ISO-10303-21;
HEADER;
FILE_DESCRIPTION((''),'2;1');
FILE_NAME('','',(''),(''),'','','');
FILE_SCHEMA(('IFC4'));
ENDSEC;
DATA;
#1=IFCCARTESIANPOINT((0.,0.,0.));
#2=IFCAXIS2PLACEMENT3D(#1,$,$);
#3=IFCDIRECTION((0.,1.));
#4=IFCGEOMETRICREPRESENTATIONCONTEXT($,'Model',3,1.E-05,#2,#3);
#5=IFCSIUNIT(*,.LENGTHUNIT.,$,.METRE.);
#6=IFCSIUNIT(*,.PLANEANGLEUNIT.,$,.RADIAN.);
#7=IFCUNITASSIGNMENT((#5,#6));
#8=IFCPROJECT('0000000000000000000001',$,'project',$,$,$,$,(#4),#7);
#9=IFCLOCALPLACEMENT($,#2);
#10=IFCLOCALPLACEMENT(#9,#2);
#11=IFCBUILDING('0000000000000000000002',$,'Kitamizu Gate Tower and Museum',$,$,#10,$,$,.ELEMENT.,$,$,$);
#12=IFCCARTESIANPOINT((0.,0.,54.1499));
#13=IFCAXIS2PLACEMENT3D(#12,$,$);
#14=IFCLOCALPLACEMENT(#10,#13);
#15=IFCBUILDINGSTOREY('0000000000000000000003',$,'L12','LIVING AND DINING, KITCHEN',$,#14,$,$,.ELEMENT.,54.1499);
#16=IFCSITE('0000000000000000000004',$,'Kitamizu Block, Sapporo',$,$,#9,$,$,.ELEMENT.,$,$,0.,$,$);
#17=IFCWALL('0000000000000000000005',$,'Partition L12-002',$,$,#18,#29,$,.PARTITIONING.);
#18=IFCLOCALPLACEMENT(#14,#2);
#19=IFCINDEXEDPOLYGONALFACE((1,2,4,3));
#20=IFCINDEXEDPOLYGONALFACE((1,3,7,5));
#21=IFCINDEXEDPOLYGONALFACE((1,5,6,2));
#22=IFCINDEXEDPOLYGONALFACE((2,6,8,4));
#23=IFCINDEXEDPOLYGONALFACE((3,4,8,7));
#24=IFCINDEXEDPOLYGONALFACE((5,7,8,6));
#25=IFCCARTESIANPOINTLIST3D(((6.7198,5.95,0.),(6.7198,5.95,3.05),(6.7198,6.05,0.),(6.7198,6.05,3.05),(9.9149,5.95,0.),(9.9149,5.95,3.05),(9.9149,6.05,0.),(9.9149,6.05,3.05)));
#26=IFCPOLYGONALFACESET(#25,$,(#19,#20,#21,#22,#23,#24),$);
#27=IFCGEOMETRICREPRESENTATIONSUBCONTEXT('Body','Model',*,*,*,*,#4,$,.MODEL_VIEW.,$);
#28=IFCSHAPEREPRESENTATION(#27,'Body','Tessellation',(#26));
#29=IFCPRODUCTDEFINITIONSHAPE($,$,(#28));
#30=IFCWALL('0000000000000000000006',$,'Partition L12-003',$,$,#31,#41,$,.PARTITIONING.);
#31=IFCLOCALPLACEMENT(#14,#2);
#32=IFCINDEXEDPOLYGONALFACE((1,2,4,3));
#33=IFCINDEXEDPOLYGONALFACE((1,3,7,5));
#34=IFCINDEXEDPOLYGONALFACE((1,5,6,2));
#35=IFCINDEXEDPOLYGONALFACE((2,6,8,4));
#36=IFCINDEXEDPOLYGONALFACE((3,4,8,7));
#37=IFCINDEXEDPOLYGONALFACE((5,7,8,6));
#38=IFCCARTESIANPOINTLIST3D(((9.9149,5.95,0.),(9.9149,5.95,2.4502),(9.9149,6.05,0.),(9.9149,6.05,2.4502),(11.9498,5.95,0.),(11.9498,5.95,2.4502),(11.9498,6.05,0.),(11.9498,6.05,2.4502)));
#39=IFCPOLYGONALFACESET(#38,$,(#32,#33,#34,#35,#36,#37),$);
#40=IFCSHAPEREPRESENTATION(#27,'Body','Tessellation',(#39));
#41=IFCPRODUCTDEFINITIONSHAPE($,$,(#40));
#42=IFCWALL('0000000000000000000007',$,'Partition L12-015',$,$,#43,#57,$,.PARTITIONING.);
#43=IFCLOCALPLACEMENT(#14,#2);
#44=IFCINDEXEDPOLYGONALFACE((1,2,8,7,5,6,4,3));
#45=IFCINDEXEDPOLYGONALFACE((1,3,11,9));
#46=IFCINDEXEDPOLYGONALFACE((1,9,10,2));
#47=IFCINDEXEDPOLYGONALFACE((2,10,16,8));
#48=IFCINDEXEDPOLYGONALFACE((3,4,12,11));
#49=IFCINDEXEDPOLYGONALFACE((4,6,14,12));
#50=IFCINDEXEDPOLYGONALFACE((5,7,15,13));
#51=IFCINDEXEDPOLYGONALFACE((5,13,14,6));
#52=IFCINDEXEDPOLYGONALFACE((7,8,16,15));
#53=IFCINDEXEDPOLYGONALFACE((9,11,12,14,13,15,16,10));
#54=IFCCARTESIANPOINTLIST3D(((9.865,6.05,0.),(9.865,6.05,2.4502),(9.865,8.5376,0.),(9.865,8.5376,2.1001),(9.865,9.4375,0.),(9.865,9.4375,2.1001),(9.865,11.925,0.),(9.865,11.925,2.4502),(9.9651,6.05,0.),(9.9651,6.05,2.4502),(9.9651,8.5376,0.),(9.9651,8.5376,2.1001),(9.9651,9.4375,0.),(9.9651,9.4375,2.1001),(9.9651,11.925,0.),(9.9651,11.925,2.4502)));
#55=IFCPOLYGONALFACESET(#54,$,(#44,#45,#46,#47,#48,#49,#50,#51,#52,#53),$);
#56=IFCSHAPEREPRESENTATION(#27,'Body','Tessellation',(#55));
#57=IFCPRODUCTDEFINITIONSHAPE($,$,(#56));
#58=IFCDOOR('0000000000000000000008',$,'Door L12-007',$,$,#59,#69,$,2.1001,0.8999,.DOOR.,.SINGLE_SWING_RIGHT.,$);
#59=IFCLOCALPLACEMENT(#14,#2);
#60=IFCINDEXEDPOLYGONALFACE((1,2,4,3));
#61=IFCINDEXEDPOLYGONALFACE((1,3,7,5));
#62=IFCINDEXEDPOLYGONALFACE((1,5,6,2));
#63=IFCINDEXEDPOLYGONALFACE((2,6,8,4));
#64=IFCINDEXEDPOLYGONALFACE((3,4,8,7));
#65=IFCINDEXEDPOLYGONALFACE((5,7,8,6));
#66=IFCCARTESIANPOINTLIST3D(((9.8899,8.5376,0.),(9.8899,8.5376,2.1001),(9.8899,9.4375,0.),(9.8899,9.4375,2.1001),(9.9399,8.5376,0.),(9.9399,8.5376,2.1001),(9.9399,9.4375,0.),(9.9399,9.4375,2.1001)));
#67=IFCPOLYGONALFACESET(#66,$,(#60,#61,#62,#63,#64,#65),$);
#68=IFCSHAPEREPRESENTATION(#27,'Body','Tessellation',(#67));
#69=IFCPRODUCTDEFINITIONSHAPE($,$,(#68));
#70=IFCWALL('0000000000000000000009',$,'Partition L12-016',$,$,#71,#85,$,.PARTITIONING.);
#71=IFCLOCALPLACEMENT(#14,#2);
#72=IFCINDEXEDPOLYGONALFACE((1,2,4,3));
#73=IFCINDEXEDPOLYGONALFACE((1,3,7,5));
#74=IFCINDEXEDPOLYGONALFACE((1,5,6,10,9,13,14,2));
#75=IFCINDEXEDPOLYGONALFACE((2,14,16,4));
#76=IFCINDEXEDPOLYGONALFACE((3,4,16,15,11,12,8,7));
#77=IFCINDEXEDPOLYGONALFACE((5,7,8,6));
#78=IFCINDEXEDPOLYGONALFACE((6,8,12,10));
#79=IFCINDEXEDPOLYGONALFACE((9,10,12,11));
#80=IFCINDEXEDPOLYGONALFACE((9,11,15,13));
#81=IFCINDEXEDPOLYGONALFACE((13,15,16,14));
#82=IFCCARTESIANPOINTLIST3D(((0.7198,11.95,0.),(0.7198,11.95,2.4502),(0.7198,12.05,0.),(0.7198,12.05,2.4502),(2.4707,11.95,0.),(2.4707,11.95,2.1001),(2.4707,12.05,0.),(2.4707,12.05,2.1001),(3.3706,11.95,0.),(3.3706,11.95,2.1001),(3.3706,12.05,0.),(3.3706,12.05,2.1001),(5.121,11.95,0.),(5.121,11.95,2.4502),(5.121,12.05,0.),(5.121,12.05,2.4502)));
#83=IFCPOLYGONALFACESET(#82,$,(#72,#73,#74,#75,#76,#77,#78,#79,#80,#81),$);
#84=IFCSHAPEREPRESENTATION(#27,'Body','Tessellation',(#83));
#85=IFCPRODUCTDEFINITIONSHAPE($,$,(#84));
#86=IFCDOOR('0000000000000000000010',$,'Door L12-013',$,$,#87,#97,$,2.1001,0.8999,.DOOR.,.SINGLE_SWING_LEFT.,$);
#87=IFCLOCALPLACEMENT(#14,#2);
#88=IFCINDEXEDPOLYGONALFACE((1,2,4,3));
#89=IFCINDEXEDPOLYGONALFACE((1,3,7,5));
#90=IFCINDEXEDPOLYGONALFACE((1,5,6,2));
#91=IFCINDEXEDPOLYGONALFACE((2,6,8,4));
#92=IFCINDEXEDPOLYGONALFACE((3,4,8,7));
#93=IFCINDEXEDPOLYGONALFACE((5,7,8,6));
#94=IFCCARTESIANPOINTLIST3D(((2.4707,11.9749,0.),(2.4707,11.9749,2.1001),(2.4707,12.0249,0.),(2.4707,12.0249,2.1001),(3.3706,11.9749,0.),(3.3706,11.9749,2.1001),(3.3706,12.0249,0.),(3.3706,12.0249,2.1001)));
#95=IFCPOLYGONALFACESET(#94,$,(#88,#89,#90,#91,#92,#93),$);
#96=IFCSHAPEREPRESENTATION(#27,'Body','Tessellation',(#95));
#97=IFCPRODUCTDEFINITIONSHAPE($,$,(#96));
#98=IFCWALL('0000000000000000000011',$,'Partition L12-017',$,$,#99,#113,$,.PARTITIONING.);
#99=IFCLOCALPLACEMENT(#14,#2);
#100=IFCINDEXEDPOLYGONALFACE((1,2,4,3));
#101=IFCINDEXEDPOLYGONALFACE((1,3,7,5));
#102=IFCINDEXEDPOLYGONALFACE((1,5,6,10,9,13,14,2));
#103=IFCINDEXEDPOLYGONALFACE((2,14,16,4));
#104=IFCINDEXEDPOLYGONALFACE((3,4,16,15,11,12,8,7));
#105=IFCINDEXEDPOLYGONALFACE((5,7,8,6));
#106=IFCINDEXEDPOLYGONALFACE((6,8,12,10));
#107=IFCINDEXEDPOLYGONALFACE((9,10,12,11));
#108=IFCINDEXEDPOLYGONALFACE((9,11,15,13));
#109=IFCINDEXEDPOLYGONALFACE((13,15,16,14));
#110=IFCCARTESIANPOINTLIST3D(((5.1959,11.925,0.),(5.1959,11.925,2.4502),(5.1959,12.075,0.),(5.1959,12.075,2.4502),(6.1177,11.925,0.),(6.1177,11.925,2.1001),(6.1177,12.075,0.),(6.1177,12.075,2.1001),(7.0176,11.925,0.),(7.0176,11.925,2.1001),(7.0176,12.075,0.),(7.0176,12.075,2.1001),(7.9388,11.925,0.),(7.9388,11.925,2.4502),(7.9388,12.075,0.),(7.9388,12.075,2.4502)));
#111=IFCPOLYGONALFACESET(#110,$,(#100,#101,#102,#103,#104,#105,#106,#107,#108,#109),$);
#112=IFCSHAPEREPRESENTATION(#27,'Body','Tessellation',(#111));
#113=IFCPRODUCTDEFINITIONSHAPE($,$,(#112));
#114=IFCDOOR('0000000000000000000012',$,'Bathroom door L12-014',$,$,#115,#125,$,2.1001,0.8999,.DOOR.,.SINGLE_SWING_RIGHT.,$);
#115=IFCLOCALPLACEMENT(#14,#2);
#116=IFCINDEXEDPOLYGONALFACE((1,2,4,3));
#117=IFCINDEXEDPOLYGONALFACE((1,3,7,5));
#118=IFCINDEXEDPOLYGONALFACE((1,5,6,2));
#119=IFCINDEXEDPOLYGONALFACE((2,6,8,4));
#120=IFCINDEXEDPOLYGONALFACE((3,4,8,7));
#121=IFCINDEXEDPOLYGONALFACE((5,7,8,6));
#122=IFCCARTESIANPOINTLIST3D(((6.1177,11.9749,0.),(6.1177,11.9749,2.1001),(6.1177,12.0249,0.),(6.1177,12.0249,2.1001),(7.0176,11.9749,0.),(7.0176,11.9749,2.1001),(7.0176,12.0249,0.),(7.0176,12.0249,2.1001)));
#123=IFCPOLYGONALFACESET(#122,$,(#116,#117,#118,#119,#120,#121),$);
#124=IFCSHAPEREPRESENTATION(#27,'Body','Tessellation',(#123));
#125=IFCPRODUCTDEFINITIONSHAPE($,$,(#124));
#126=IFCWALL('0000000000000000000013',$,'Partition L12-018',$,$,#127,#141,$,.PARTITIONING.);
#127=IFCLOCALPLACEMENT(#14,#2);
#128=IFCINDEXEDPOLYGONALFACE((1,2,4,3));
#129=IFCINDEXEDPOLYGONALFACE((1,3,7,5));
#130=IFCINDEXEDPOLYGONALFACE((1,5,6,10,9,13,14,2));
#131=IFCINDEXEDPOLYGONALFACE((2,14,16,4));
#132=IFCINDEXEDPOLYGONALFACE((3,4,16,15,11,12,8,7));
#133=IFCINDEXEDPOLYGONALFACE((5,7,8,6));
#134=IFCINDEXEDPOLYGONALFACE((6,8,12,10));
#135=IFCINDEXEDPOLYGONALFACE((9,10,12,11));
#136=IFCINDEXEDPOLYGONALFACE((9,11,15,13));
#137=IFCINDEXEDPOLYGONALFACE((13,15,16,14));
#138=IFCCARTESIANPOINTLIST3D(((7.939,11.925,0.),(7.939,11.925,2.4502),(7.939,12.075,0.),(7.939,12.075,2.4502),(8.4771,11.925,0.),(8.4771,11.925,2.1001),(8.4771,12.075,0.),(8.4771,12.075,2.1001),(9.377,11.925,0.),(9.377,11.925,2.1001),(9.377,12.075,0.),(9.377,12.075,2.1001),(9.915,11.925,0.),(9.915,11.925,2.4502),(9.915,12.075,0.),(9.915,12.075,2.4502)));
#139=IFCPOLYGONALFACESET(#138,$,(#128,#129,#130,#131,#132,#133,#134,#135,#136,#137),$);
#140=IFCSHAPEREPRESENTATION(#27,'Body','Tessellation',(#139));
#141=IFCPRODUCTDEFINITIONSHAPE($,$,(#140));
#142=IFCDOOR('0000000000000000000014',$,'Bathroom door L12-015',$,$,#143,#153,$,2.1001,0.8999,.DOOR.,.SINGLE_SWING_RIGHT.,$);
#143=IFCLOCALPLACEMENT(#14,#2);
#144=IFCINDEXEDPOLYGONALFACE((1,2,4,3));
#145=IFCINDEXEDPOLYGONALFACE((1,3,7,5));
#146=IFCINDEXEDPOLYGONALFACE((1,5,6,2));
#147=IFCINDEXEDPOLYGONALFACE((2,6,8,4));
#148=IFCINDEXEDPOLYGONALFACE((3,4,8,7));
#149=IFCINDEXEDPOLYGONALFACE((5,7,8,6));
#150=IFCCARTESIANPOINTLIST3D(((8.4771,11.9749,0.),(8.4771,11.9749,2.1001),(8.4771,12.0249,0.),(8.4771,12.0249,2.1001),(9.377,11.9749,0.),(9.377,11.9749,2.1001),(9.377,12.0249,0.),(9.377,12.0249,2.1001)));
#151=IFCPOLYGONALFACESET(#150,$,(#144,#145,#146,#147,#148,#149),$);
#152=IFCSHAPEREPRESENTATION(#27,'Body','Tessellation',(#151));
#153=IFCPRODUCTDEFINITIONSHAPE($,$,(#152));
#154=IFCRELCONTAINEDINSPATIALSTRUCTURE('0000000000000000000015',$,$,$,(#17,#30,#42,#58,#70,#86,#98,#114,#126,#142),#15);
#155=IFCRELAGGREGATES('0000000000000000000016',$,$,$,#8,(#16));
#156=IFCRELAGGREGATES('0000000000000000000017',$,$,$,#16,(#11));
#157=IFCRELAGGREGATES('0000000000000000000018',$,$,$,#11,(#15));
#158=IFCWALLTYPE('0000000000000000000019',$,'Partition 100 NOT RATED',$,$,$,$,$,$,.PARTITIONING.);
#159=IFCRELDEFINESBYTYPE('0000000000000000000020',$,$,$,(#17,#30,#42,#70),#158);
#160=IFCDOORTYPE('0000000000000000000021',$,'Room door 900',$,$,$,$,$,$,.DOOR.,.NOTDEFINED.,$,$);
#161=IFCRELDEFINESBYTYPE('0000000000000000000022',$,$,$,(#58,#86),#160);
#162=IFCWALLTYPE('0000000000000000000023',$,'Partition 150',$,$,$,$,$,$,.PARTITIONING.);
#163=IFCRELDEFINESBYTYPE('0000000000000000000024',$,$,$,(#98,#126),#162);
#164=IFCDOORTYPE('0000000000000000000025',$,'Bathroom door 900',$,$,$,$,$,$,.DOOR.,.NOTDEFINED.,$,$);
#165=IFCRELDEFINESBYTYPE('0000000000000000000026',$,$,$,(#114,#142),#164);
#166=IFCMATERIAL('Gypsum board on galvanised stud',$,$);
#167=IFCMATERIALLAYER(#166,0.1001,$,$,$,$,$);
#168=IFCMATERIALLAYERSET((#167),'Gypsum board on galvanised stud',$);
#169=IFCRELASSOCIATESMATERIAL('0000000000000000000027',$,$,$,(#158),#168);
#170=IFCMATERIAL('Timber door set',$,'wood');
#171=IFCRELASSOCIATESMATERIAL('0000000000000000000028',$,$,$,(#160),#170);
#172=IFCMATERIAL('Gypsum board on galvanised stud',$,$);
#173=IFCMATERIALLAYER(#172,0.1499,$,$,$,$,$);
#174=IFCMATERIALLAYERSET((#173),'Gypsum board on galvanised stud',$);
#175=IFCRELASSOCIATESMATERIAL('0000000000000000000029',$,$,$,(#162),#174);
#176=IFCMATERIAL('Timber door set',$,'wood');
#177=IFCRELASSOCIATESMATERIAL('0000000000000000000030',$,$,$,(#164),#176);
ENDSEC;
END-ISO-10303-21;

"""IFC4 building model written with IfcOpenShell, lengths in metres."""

from ifc_helpers import new_model, si_unit, direction, frame, frame_2d, origin, place, context, subcontext, project, spatial, rectangle, extrude, material, layer, layer_set, type_object, element, fill, save


model = new_model("IFC4")

# Units and contexts
model_context = context("Model", 3, precision=1e-05, world=origin(), true_north=direction((0.0, 1.0)))
body_context = subcontext(model_context, "Body", "Model", "MODEL_VIEW")
ifc_project = project(units=[si_unit("LENGTHUNIT", "METRE"), si_unit("PLANEANGLEUNIT", "RADIAN")], contexts=[model_context])

# Site, building, storey
site_placement = place(None, origin())
site = spatial("IfcSite", under=ifc_project, at=site_placement, Name="Kitamizu Block, Sapporo", CompositionType="ELEMENT", RefElevation=0.0)
building_placement = place(site_placement, origin())
building = spatial("IfcBuilding", under=site, at=building_placement, Name="Kitamizu Gate Tower and Museum", CompositionType="ELEMENT")
storey_placement = place(building_placement, frame((0.0, 0.0, 54.1499)))
storey = spatial("IfcBuildingStorey", under=building, at=storey_placement, Name="L12", Description="LIVING AND DINING, KITCHEN", CompositionType="ELEMENT", Elevation=54.1499)

# Walls
ifc_material_1 = material(Name="Gypsum board on galvanised stud")
ifc_layer_1 = layer(ifc_material_1, 0.1001)
ifc_layer_set_1 = layer_set([ifc_layer_1], Name="Gypsum board on galvanised stud")
wall_type_1 = type_object("IfcWallType", Name="Partition 100 NOT RATED", PredefinedType="PARTITIONING", material=ifc_layer_set_1)
wall_1_placement = place(storey_placement, frame((9.915, 6.0, 0.0), z_axis=(0.0, 0.0, 1.0), x_axis=(-1.0, 0.0, 0.0)))
element("IfcWall", 1, at=wall_1_placement, inside=storey, type_object=wall_type_1, Name="Partition L12-002", PredefinedType="PARTITIONING", context=body_context, shape_type="SweptSolid", body=[
    extrude(rectangle(XDim=3.1951, YDim=0.1001, at=frame_2d((1.5977, 0.0))), origin(), (0.0, 0.0, 1.0), 3.05),
])
wall_2_placement = place(storey_placement, frame((11.95, 6.0, 0.0), z_axis=(0.0, 0.0, 1.0), x_axis=(-1.0, 0.0, 0.0)))
element("IfcWall", 2, at=wall_2_placement, inside=storey, type_object=wall_type_1, Name="Partition L12-003", PredefinedType="PARTITIONING", context=body_context, shape_type="SweptSolid", body=[
    extrude(rectangle(XDim=2.0349, YDim=0.1001, at=frame_2d((1.0176, 0.0))), origin(), (0.0, 0.0, 1.0), 2.4502),
])

# Walls, openings, doors
wall_3_placement = place(storey_placement, frame((9.915, 6.05, 0.0), z_axis=(0.0, 0.0, 1.0), x_axis=(0.0, 1.0, 0.0)))
wall_3 = element("IfcWall", 3, at=wall_3_placement, inside=storey, type_object=wall_type_1, Name="Partition L12-015", PredefinedType="PARTITIONING", context=body_context, shape_type="SweptSolid", body=[
    extrude(rectangle(XDim=5.875, YDim=0.1001, at=frame_2d((2.9375, 0.0))), origin(), (0.0, 0.0, 1.0), 2.4502),
])
opening_1_placement = place(wall_3_placement, frame((2.4875, 0.0, 0.0)))
opening_1 = element("IfcOpeningElement", 4, at=opening_1_placement, cuts=wall_3, PredefinedType="OPENING", context=body_context, shape_type="SweptSolid", body=[
    extrude(rectangle(XDim=0.8999, YDim=2.1001, at=frame_2d((0.45, 1.05))), frame((0.0, 0.0601, 0.0), z_axis=(0.0, -1.0, 0.0), x_axis=(1.0, 0.0, 0.0)), (0.0, 0.0, 1.0), 0.1201),
])
ifc_material_2 = material(Name="Timber door set", Category="wood")
door_type_1 = type_object("IfcDoorType", Name="Room door 900", OperationType="NOTDEFINED", PredefinedType="DOOR", material=ifc_material_2)
door_1_placement = place(opening_1_placement, frame((0.8999, 0.0, 0.0), x_axis=(-1.0, 0.0, 0.0)))
door_1 = element("IfcDoor", 5, at=door_1_placement, inside=storey, type_object=door_type_1, Name="Door L12-007", OperationType="SINGLE_SWING_RIGHT", OverallHeight=2.1001, OverallWidth=0.8999, PredefinedType="DOOR", context=body_context, shape_type="SweptSolid", body=[
    extrude(rectangle(XDim=0.8999, YDim=2.1001, at=frame_2d((0.45, 1.05))), frame((0.0, 0.0249, 0.0), z_axis=(0.0, -1.0, 0.0), x_axis=(1.0, 0.0, 0.0)), (0.0, 0.0, 1.0), 0.05),
])
fill(opening_1, door_1)
wall_4_placement = place(storey_placement, frame((5.1211, 12.0, 0.0), z_axis=(0.0, 0.0, 1.0), x_axis=(-1.0, 0.0, 0.0)))
wall_4 = element("IfcWall", 6, at=wall_4_placement, inside=storey, type_object=wall_type_1, Name="Partition L12-016", PredefinedType="PARTITIONING", context=body_context, shape_type="SweptSolid", body=[
    extrude(rectangle(XDim=4.4011, YDim=0.1001, at=frame_2d((2.2007, 0.0))), origin(), (0.0, 0.0, 1.0), 2.4502),
])
opening_2_placement = place(wall_4_placement, frame((1.7505, 0.0, 0.0)))
opening_2 = element("IfcOpeningElement", 7, at=opening_2_placement, cuts=wall_4, PredefinedType="OPENING", context=body_context, shape_type="SweptSolid", body=[
    extrude(rectangle(XDim=0.8999, YDim=2.1001, at=frame_2d((0.45, 1.05))), frame((0.0, 0.0601, 0.0), z_axis=(0.0, -1.0, 0.0), x_axis=(1.0, 0.0, 0.0)), (0.0, 0.0, 1.0), 0.1201),
])
door_2_placement = place(opening_2_placement, frame((0.8999, 0.0, 0.0), x_axis=(-1.0, 0.0, 0.0)))
door_2 = element("IfcDoor", 8, at=door_2_placement, inside=storey, type_object=door_type_1, Name="Door L12-013", OperationType="SINGLE_SWING_LEFT", OverallHeight=2.1001, OverallWidth=0.8999, PredefinedType="DOOR", context=body_context, shape_type="SweptSolid", body=[
    extrude(rectangle(XDim=0.8999, YDim=2.1001, at=frame_2d((0.45, 1.05))), frame((0.0, 0.0249, 0.0), z_axis=(0.0, -1.0, 0.0), x_axis=(1.0, 0.0, 0.0)), (0.0, 0.0, 1.0), 0.05),
])
fill(opening_2, door_2)
ifc_material_3 = material(Name="Gypsum board on galvanised stud")
ifc_layer_2 = layer(ifc_material_3, 0.1499)
ifc_layer_set_2 = layer_set([ifc_layer_2], Name="Gypsum board on galvanised stud")
wall_type_2 = type_object("IfcWallType", Name="Partition 150", PredefinedType="PARTITIONING", material=ifc_layer_set_2)
wall_5_placement = place(storey_placement, frame((7.939, 12.0, 0.0), z_axis=(0.0, 0.0, 1.0), x_axis=(-1.0, 0.0, 0.0)))
wall_5 = element("IfcWall", 9, at=wall_5_placement, inside=storey, type_object=wall_type_2, Name="Partition L12-017", PredefinedType="PARTITIONING", context=body_context, shape_type="SweptSolid", body=[
    extrude(rectangle(XDim=2.7429, YDim=0.1499, at=frame_2d((1.3716, 0.0))), origin(), (0.0, 0.0, 1.0), 2.4502),
])
opening_3_placement = place(wall_5_placement, frame((0.9214, 0.0, 0.0)))
opening_3 = element("IfcOpeningElement", 10, at=opening_3_placement, cuts=wall_5, PredefinedType="OPENING", context=body_context, shape_type="SweptSolid", body=[
    extrude(rectangle(XDim=0.8999, YDim=2.1001, at=frame_2d((0.45, 1.05))), frame((0.0, 0.085, 0.0), z_axis=(0.0, -1.0, 0.0), x_axis=(1.0, 0.0, 0.0)), (0.0, 0.0, 1.0), 0.1699),
])
ifc_material_4 = material(Name="Timber door set", Category="wood")
door_type_2 = type_object("IfcDoorType", Name="Bathroom door 900", OperationType="NOTDEFINED", PredefinedType="DOOR", material=ifc_material_4)
door_3_placement = place(opening_3_placement, frame((0.8999, 0.0, 0.0), x_axis=(-1.0, 0.0, 0.0)))
door_3 = element("IfcDoor", 11, at=door_3_placement, inside=storey, type_object=door_type_2, Name="Bathroom door L12-014", OperationType="SINGLE_SWING_RIGHT", OverallHeight=2.1001, OverallWidth=0.8999, PredefinedType="DOOR", context=body_context, shape_type="SweptSolid", body=[
    extrude(rectangle(XDim=0.8999, YDim=2.1001, at=frame_2d((0.45, 1.05))), frame((0.0, 0.0249, 0.0), z_axis=(0.0, -1.0, 0.0), x_axis=(1.0, 0.0, 0.0)), (0.0, 0.0, 1.0), 0.05),
])
fill(opening_3, door_3)
wall_6_placement = place(storey_placement, frame((9.915, 12.0, 0.0), z_axis=(0.0, 0.0, 1.0), x_axis=(-1.0, 0.0, 0.0)))
wall_6 = element("IfcWall", 12, at=wall_6_placement, inside=storey, type_object=wall_type_2, Name="Partition L12-018", PredefinedType="PARTITIONING", context=body_context, shape_type="SweptSolid", body=[
    extrude(rectangle(XDim=1.9761, YDim=0.1499, at=frame_2d((0.988, 0.0))), origin(), (0.0, 0.0, 1.0), 2.4502),
])
opening_4_placement = place(wall_6_placement, frame((0.5381, 0.0, 0.0)))
opening_4 = element("IfcOpeningElement", 13, at=opening_4_placement, cuts=wall_6, PredefinedType="OPENING", context=body_context, shape_type="SweptSolid", body=[
    extrude(rectangle(XDim=0.8999, YDim=2.1001, at=frame_2d((0.45, 1.05))), frame((0.0, 0.085, 0.0), z_axis=(0.0, -1.0, 0.0), x_axis=(1.0, 0.0, 0.0)), (0.0, 0.0, 1.0), 0.1699),
])
door_4_placement = place(opening_4_placement, frame((0.8999, 0.0, 0.0), x_axis=(-1.0, 0.0, 0.0)))
door_4 = element("IfcDoor", 14, at=door_4_placement, inside=storey, type_object=door_type_2, Name="Bathroom door L12-015", OperationType="SINGLE_SWING_RIGHT", OverallHeight=2.1001, OverallWidth=0.8999, PredefinedType="DOOR", context=body_context, shape_type="SweptSolid", body=[
    extrude(rectangle(XDim=0.8999, YDim=2.1001, at=frame_2d((0.45, 1.05))), frame((0.0, 0.0249, 0.0), z_axis=(0.0, -1.0, 0.0), x_axis=(1.0, 0.0, 0.0)), (0.0, 0.0, 1.0), 0.05),
])
fill(opening_4, door_4)

save(model, "model.ifc")
